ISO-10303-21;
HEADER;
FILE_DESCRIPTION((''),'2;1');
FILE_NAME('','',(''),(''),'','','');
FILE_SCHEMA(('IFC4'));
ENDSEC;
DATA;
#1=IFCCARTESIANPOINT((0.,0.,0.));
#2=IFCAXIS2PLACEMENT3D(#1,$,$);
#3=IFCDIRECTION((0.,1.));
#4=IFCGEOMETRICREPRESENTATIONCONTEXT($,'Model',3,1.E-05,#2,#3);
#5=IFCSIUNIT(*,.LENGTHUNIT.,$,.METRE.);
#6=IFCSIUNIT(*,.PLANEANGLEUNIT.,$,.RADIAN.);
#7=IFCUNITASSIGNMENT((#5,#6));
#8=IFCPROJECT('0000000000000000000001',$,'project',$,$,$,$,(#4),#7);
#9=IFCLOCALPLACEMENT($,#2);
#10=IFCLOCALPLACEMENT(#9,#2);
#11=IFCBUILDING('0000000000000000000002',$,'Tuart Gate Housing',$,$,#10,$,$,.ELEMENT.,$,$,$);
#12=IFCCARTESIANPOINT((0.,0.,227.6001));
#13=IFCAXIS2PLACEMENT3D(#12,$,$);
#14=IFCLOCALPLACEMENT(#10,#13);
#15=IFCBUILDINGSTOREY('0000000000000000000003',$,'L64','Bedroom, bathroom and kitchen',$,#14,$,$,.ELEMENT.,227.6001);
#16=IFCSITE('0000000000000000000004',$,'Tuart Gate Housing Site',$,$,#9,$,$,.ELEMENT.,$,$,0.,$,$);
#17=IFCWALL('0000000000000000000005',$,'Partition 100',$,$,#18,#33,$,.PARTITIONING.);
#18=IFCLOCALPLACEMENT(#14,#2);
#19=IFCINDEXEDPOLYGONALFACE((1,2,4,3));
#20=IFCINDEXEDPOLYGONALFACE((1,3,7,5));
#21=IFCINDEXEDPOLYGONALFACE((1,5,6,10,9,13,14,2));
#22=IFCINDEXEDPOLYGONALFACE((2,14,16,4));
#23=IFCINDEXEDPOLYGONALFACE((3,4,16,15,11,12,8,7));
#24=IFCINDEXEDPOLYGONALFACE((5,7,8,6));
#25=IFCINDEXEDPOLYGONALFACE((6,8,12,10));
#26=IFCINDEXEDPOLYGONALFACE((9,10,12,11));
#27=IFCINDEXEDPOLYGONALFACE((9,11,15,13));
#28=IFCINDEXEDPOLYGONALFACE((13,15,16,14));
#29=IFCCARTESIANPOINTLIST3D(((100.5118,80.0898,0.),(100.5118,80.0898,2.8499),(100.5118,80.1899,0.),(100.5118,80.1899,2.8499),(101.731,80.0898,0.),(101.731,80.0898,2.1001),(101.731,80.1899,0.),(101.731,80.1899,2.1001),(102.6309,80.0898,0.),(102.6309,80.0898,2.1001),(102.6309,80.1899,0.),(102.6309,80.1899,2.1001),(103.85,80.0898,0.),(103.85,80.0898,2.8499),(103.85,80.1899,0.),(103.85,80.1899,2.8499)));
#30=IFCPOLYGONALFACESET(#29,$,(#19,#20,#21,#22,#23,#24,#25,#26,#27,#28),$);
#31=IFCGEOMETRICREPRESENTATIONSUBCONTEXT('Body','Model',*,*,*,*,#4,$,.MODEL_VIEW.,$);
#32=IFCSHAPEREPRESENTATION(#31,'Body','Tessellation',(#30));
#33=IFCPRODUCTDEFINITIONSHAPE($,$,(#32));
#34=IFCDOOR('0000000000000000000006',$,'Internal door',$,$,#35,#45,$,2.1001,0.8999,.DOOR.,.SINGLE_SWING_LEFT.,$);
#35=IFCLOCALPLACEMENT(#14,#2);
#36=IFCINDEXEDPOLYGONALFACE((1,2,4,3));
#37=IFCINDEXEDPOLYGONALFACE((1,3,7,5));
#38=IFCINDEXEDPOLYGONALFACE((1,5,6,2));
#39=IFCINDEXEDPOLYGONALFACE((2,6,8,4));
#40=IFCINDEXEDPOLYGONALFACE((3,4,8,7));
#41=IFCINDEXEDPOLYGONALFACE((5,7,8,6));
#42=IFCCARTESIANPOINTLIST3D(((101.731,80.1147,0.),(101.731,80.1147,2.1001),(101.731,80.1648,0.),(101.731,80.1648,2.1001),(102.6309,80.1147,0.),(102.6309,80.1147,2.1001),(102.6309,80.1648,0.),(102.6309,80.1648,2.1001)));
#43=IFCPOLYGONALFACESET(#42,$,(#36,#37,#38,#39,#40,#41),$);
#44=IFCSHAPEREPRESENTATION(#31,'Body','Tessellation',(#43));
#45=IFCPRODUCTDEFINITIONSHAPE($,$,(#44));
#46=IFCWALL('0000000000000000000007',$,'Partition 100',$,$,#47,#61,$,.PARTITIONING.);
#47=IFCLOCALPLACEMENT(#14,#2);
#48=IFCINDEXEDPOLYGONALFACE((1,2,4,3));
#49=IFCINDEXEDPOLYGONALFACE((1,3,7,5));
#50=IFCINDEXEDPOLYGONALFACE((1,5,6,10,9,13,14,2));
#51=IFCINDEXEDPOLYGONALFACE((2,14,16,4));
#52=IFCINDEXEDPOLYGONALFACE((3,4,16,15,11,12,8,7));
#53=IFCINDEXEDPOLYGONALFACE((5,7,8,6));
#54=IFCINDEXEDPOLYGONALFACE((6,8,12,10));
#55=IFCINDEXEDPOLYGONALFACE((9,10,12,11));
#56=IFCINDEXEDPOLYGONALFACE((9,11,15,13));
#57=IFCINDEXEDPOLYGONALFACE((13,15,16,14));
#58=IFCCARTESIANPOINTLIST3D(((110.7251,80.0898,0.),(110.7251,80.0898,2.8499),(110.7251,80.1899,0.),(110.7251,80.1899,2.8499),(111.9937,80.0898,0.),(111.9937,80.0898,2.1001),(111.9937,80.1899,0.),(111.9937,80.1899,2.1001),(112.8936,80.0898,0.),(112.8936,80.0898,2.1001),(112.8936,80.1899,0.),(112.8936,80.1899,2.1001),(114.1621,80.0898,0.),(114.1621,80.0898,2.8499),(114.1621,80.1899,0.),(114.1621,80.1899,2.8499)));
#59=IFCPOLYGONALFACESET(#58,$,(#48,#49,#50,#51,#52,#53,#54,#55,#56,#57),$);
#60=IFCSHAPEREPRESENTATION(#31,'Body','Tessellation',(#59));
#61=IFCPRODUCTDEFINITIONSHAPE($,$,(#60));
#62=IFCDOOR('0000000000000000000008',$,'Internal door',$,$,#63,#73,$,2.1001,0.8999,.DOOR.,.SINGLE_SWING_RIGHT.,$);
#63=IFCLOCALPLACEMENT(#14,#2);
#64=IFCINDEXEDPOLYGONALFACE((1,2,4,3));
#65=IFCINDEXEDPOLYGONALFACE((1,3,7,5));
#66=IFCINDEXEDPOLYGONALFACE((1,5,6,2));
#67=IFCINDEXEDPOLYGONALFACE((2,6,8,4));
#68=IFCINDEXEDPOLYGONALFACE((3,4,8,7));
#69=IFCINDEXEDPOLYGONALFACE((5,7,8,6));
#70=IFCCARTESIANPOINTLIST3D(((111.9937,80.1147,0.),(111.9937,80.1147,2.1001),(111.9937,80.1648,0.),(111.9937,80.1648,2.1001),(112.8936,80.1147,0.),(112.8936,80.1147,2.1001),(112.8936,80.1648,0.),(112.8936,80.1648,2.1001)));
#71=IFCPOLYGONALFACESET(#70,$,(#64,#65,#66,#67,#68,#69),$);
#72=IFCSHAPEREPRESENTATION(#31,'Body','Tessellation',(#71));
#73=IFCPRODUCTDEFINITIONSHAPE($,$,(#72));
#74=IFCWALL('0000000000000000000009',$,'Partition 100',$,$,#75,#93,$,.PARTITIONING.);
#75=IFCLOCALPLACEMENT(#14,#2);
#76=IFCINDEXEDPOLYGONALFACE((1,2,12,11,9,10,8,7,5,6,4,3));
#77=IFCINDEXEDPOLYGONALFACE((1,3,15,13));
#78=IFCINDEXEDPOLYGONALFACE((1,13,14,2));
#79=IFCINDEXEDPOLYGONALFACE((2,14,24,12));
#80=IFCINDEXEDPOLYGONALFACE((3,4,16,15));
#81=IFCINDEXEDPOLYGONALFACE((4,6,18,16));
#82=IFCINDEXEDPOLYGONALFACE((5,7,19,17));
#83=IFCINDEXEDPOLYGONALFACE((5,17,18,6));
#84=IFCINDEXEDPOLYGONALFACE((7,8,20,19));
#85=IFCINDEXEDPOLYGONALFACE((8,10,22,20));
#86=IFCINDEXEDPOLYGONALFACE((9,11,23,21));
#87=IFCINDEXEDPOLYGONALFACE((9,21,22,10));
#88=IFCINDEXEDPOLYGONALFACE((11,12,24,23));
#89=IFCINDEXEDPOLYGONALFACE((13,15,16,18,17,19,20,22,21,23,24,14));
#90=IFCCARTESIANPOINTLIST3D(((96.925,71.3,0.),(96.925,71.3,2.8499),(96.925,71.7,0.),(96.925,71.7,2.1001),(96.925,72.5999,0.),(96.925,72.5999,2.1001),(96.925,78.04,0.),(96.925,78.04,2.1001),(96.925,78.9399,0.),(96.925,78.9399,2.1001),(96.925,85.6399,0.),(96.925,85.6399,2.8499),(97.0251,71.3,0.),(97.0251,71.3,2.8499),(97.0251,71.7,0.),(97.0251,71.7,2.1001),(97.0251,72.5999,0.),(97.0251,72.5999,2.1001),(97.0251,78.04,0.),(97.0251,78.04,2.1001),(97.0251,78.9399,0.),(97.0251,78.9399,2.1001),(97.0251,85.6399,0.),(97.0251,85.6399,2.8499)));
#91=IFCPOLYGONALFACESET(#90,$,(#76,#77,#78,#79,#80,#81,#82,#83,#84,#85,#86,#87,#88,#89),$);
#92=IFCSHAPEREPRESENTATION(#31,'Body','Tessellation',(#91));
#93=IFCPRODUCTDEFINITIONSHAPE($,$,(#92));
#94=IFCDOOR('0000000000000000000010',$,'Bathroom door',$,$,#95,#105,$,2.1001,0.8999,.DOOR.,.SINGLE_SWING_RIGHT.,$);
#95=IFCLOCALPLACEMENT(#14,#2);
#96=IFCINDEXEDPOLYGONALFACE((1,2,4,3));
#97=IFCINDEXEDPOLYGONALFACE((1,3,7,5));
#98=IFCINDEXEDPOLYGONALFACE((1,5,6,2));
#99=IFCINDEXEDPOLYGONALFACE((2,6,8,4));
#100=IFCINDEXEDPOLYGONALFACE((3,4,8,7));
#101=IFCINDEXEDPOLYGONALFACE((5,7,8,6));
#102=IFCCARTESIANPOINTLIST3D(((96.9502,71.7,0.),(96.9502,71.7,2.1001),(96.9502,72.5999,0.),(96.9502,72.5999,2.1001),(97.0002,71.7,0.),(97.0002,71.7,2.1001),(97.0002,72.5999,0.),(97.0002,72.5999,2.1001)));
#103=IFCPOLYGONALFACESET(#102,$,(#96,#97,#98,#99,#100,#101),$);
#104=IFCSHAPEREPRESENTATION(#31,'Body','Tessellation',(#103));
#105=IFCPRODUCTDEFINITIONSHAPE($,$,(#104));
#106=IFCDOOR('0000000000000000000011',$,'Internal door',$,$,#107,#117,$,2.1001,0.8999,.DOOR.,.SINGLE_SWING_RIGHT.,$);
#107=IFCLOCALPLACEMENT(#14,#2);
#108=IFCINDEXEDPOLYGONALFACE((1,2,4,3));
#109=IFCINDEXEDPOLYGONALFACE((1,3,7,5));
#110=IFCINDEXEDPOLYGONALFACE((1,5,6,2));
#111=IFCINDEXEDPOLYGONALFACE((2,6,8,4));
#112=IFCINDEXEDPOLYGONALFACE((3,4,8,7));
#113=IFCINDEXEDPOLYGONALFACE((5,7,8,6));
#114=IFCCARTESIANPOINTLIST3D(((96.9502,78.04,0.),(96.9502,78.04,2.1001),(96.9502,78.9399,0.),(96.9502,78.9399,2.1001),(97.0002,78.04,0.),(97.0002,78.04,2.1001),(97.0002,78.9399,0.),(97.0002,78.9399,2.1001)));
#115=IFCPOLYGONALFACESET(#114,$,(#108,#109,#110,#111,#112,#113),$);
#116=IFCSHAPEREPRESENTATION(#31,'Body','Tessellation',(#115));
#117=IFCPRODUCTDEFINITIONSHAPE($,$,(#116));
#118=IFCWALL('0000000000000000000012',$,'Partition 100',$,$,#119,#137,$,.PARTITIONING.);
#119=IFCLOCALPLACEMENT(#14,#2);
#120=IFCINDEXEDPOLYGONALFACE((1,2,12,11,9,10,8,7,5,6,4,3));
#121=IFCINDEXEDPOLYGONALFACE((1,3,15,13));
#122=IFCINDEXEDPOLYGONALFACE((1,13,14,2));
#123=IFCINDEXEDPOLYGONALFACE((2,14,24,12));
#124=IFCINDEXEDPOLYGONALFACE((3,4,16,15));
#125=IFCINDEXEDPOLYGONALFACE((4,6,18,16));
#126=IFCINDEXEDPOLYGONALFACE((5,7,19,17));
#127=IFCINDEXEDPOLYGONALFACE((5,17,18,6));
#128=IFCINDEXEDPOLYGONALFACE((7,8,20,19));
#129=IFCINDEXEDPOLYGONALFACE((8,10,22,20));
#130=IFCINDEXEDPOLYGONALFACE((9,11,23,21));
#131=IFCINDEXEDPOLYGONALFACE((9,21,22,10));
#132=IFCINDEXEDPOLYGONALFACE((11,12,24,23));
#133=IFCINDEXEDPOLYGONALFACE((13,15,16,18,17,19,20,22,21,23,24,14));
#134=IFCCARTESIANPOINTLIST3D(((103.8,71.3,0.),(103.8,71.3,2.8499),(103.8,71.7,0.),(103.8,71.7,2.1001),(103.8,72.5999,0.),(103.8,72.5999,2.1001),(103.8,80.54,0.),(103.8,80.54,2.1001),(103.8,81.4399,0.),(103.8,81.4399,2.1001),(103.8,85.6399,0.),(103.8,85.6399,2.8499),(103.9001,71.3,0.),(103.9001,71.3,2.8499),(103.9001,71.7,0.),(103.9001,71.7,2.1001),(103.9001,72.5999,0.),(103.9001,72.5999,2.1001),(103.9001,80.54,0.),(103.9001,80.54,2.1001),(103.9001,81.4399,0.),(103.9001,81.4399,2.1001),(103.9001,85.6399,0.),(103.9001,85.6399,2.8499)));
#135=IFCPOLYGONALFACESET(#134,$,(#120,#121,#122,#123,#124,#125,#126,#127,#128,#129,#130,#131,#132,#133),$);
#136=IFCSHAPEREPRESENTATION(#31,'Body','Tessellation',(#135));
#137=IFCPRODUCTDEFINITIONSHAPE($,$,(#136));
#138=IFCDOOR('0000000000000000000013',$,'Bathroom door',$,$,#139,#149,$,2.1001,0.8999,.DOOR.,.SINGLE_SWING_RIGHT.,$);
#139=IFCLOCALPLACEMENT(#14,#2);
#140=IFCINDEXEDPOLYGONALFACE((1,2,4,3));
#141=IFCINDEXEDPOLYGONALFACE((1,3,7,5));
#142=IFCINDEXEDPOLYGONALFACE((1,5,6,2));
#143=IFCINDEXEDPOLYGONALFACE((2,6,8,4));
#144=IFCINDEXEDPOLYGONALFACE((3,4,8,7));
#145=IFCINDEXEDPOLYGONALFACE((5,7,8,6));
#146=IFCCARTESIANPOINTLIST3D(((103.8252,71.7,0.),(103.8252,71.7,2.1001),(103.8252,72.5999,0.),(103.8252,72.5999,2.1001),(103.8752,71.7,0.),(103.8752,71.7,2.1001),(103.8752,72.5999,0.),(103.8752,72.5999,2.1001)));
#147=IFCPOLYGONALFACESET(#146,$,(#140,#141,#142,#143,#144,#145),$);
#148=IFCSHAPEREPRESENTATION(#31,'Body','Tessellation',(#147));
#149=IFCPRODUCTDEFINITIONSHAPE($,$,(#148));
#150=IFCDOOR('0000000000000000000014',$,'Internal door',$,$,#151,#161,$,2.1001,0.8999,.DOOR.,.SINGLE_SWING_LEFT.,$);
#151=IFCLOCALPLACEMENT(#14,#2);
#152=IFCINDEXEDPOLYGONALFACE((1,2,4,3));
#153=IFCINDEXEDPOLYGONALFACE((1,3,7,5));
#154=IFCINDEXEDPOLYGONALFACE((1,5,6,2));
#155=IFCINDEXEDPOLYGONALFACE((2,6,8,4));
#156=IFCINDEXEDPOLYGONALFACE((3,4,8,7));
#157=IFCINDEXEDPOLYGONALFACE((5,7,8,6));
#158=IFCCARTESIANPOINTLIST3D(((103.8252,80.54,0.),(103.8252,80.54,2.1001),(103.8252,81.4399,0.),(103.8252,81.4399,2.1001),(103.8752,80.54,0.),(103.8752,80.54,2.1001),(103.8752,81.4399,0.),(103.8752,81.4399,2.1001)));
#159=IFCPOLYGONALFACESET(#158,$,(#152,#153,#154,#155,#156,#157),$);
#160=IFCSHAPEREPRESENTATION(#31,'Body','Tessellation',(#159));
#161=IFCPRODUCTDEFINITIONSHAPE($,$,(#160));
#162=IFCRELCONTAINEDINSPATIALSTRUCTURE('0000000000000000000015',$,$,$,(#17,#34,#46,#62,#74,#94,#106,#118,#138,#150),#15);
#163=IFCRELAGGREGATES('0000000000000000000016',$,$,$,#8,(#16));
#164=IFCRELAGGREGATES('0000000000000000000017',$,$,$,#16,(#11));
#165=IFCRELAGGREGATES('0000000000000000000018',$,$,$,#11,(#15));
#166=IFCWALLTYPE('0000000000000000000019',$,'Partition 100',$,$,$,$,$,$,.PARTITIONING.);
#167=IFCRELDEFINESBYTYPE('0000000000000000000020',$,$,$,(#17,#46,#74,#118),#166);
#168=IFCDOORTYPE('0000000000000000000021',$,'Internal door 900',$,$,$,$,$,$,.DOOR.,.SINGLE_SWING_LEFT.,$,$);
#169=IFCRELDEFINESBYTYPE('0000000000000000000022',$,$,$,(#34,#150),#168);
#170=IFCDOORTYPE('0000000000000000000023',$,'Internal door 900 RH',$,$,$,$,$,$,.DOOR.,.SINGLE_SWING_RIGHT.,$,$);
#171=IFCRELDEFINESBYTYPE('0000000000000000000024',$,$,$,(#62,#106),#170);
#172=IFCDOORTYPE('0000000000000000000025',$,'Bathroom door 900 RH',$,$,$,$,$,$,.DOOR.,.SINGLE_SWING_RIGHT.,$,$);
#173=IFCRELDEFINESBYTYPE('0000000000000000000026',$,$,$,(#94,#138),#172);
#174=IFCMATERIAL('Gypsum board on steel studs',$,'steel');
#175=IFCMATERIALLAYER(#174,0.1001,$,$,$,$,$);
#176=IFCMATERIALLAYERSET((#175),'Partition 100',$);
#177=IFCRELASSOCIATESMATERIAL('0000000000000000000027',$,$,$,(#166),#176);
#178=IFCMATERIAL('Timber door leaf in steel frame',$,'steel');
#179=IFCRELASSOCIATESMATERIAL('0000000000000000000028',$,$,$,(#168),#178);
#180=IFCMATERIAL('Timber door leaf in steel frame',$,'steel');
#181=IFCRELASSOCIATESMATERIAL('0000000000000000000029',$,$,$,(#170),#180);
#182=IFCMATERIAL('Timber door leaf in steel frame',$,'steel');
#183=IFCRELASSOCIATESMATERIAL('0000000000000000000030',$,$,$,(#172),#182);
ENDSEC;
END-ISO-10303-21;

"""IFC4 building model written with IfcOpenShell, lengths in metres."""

from ifc_helpers import new_model, si_unit, direction, frame, frame_2d, origin, place, context, subcontext, project, spatial, rectangle, extrude, material, layer, layer_set, type_object, element, fill, save


model = new_model("IFC4")

# Units and contexts
model_context = context("Model", 3, precision=1e-05, world=origin(), true_north=direction((0.0, 1.0)))
body_context = subcontext(model_context, "Body", "Model", "MODEL_VIEW")
ifc_project = project(units=[si_unit("LENGTHUNIT", "METRE"), si_unit("PLANEANGLEUNIT", "RADIAN")], contexts=[model_context])

# Site, building, storey
site_placement = place(None, origin())
site = spatial("IfcSite", under=ifc_project, at=site_placement, Name="Tuart Gate Housing Site", CompositionType="ELEMENT", RefElevation=0.0)
building_placement = place(site_placement, origin())
building = spatial("IfcBuilding", under=site, at=building_placement, Name="Tuart Gate Housing", CompositionType="ELEMENT")
storey_placement = place(building_placement, frame((0.0, 0.0, 227.6001)))
storey = spatial("IfcBuildingStorey", under=building, at=storey_placement, Name="L64", Description="Bedroom, bathroom and kitchen", CompositionType="ELEMENT", Elevation=227.6001)

# Shared definitions
ifc_material_1 = material(Name="Gypsum board on steel studs", Category="steel")
ifc_layer_1 = layer(ifc_material_1, 0.1001)
ifc_layer_set_1 = layer_set([ifc_layer_1], Name="Partition 100")
wall_type_1 = type_object("IfcWallType", Name="Partition 100", PredefinedType="PARTITIONING", material=ifc_layer_set_1)

# Walls, openings, doors
wall_1_placement = place(storey_placement, frame((100.512, 80.1399, 0.0), z_axis=(0.0, 0.0, 1.0), x_axis=(1.0, 0.0, 0.0)))
wall_1 = element("IfcWall", 1, at=wall_1_placement, inside=storey, type_object=wall_type_1, Name="Partition 100", PredefinedType="PARTITIONING", context=body_context, shape_type="SweptSolid", body=[
    extrude(rectangle(XDim=3.3381, YDim=0.1001, at=frame_2d((1.6689, 0.0))), origin(), (0.0, 0.0, 1.0), 2.8499),
])
opening_1_placement = place(wall_1_placement, frame((1.219, 0.0, 0.0)))
opening_1 = element("IfcOpeningElement", 2, at=opening_1_placement, cuts=wall_1, PredefinedType="OPENING", context=body_context, shape_type="SweptSolid", body=[
    extrude(rectangle(XDim=0.8999, YDim=2.1001, at=frame_2d((0.45, 1.05))), frame((0.0, 0.0601, 0.0), z_axis=(0.0, -1.0, 0.0), x_axis=(1.0, 0.0, 0.0)), (0.0, 0.0, 1.0), 0.1201),
])
ifc_material_2 = material(Name="Timber door leaf in steel frame", Category="steel")
door_type_1 = type_object("IfcDoorType", Name="Internal door 900", OperationType="SINGLE_SWING_LEFT", PredefinedType="DOOR", material=ifc_material_2)
door_1_placement = place(opening_1_placement, frame((0.8999, 0.0, 0.0), z_axis=(0.0, 0.0, 1.0), x_axis=(-1.0, 0.0, 0.0)))
door_1 = element("IfcDoor", 3, at=door_1_placement, inside=storey, type_object=door_type_1, Name="Internal door", OperationType="SINGLE_SWING_LEFT", OverallHeight=2.1001, OverallWidth=0.8999, PredefinedType="DOOR", context=body_context, shape_type="SweptSolid", body=[
    extrude(rectangle(XDim=0.8999, YDim=2.1001, at=frame_2d((0.45, 1.05))), frame((0.0, 0.0251, 0.0), z_axis=(0.0, -1.0, 0.0), x_axis=(1.0, 0.0, 0.0)), (0.0, 0.0, 1.0), 0.05),
])
fill(opening_1, door_1)
wall_2_placement = place(storey_placement, frame((110.7251, 80.1399, 0.0), z_axis=(0.0, 0.0, 1.0), x_axis=(1.0, 0.0, 0.0)))
wall_2 = element("IfcWall", 4, at=wall_2_placement, inside=storey, type_object=wall_type_1, Name="Partition 100", PredefinedType="PARTITIONING", context=body_context, shape_type="SweptSolid", body=[
    extrude(rectangle(XDim=3.437, YDim=0.1001, at=frame_2d((1.7185, 0.0))), origin(), (0.0, 0.0, 1.0), 2.8499),
])
opening_2_placement = place(wall_2_placement, frame((1.2686, 0.0, 0.0)))
opening_2 = element("IfcOpeningElement", 5, at=opening_2_placement, cuts=wall_2, PredefinedType="OPENING", context=body_context, shape_type="SweptSolid", body=[
    extrude(rectangle(XDim=0.8999, YDim=2.1001, at=frame_2d((0.45, 1.05))), frame((0.0, 0.0601, 0.0), z_axis=(0.0, -1.0, 0.0), x_axis=(1.0, 0.0, 0.0)), (0.0, 0.0, 1.0), 0.1201),
])
ifc_material_3 = material(Name="Timber door leaf in steel frame", Category="steel")
door_type_2 = type_object("IfcDoorType", Name="Internal door 900 RH", OperationType="SINGLE_SWING_RIGHT", PredefinedType="DOOR", material=ifc_material_3)
door_2_placement = place(opening_2_placement, frame((0.8999, 0.0, 0.0), z_axis=(0.0, 0.0, 1.0), x_axis=(-1.0, 0.0, 0.0)))
door_2 = element("IfcDoor", 6, at=door_2_placement, inside=storey, type_object=door_type_2, Name="Internal door", OperationType="SINGLE_SWING_RIGHT", OverallHeight=2.1001, OverallWidth=0.8999, PredefinedType="DOOR", context=body_context, shape_type="SweptSolid", body=[
    extrude(rectangle(XDim=0.8999, YDim=2.1001, at=frame_2d((0.45, 1.05))), frame((0.0, 0.0251, 0.0), z_axis=(0.0, -1.0, 0.0), x_axis=(1.0, 0.0, 0.0)), (0.0, 0.0, 1.0), 0.05),
])
fill(opening_2, door_2)

# Walls, openings, doors
wall_3_placement = place(storey_placement, frame((96.9751, 71.3, 0.0), z_axis=(0.0, 0.0, 1.0), x_axis=(0.0, 1.0, 0.0)))
wall_3 = element("IfcWall", 7, at=wall_3_placement, inside=storey, type_object=wall_type_1, Name="Partition 100", PredefinedType="PARTITIONING", context=body_context, shape_type="SweptSolid", body=[
    extrude(rectangle(XDim=14.3398, YDim=0.1001, at=frame_2d((7.1699, 0.0))), origin(), (0.0, 0.0, 1.0), 2.8499),
])
opening_3_placement = place(wall_3_placement, frame((6.74, 0.0, 0.0)))
opening_3 = element("IfcOpeningElement", 8, at=opening_3_placement, cuts=wall_3, PredefinedType="OPENING", context=body_context, shape_type="SweptSolid", body=[
    extrude(rectangle(XDim=0.8999, YDim=2.1001, at=frame_2d((0.45, 1.05))), frame((0.0, 0.0601, 0.0), z_axis=(0.0, -1.0, 0.0), x_axis=(1.0, 0.0, 0.0)), (0.0, 0.0, 1.0), 0.1201),
])
opening_4_placement = place(wall_3_placement, frame((0.3999, 0.0, 0.0)))
opening_4 = element("IfcOpeningElement", 9, at=opening_4_placement, cuts=wall_3, PredefinedType="OPENING", context=body_context, shape_type="SweptSolid", body=[
    extrude(rectangle(XDim=0.8999, YDim=2.1001, at=frame_2d((0.45, 1.05))), frame((0.0, 0.0601, 0.0), z_axis=(0.0, -1.0, 0.0), x_axis=(1.0, 0.0, 0.0)), (0.0, 0.0, 1.0), 0.1201),
])
ifc_material_4 = material(Name="Timber door leaf in steel frame", Category="steel")
door_type_3 = type_object("IfcDoorType", Name="Bathroom door 900 RH", OperationType="SINGLE_SWING_RIGHT", PredefinedType="DOOR", material=ifc_material_4)
door_3_placement = place(opening_4_placement, frame((0.8999, 0.0, 0.0), z_axis=(0.0, 0.0, 1.0), x_axis=(-1.0, 0.0, 0.0)))
door_3 = element("IfcDoor", 10, at=door_3_placement, inside=storey, type_object=door_type_3, Name="Bathroom door", OperationType="SINGLE_SWING_RIGHT", OverallHeight=2.1001, OverallWidth=0.8999, PredefinedType="DOOR", context=body_context, shape_type="SweptSolid", body=[
    extrude(rectangle(XDim=0.8999, YDim=2.1001, at=frame_2d((0.45, 1.05))), frame((0.0, 0.0251, 0.0), z_axis=(0.0, -1.0, 0.0), x_axis=(1.0, 0.0, 0.0)), (0.0, 0.0, 1.0), 0.05),
])
fill(opening_4, door_3)
door_4_placement = place(opening_3_placement, frame((0.8999, 0.0, 0.0), z_axis=(0.0, 0.0, 1.0), x_axis=(-1.0, 0.0, 0.0)))
door_4 = element("IfcDoor", 11, at=door_4_placement, inside=storey, type_object=door_type_2, Name="Internal door", OperationType="SINGLE_SWING_RIGHT", OverallHeight=2.1001, OverallWidth=0.8999, PredefinedType="DOOR", context=body_context, shape_type="SweptSolid", body=[
    extrude(rectangle(XDim=0.8999, YDim=2.1001, at=frame_2d((0.45, 1.05))), frame((0.0, 0.0251, 0.0), z_axis=(0.0, -1.0, 0.0), x_axis=(1.0, 0.0, 0.0)), (0.0, 0.0, 1.0), 0.05),
])
fill(opening_3, door_4)
wall_4_placement = place(storey_placement, frame((103.8501, 71.3, 0.0), z_axis=(0.0, 0.0, 1.0), x_axis=(0.0, 1.0, 0.0)))
wall_4 = element("IfcWall", 12, at=wall_4_placement, inside=storey, type_object=wall_type_1, Name="Partition 100", PredefinedType="PARTITIONING", context=body_context, shape_type="SweptSolid", body=[
    extrude(rectangle(XDim=14.3398, YDim=0.1001, at=frame_2d((7.1699, 0.0))), origin(), (0.0, 0.0, 1.0), 2.8499),
])
opening_5_placement = place(wall_4_placement, frame((9.24, 0.0, 0.0)))
opening_5 = element("IfcOpeningElement", 13, at=opening_5_placement, cuts=wall_4, PredefinedType="OPENING", context=body_context, shape_type="SweptSolid", body=[
    extrude(rectangle(XDim=0.8999, YDim=2.1001, at=frame_2d((0.45, 1.05))), frame((0.0, 0.0601, 0.0), z_axis=(0.0, -1.0, 0.0), x_axis=(1.0, 0.0, 0.0)), (0.0, 0.0, 1.0), 0.1201),
])
opening_6_placement = place(wall_4_placement, frame((0.3999, 0.0, 0.0)))
opening_6 = element("IfcOpeningElement", 14, at=opening_6_placement, cuts=wall_4, PredefinedType="OPENING", context=body_context, shape_type="SweptSolid", body=[
    extrude(rectangle(XDim=0.8999, YDim=2.1001, at=frame_2d((0.45, 1.05))), frame((0.0, 0.0601, 0.0), z_axis=(0.0, -1.0, 0.0), x_axis=(1.0, 0.0, 0.0)), (0.0, 0.0, 1.0), 0.1201),
])
door_5_placement = place(opening_6_placement, frame((0.8999, 0.0, 0.0), z_axis=(0.0, 0.0, 1.0), x_axis=(-1.0, 0.0, 0.0)))
door_5 = element("IfcDoor", 15, at=door_5_placement, inside=storey, type_object=door_type_3, Name="Bathroom door", OperationType="SINGLE_SWING_RIGHT", OverallHeight=2.1001, OverallWidth=0.8999, PredefinedType="DOOR", context=body_context, shape_type="SweptSolid", body=[
    extrude(rectangle(XDim=0.8999, YDim=2.1001, at=frame_2d((0.45, 1.05))), frame((0.0, 0.0251, 0.0), z_axis=(0.0, -1.0, 0.0), x_axis=(1.0, 0.0, 0.0)), (0.0, 0.0, 1.0), 0.05),
])
fill(opening_6, door_5)
door_6_placement = place(opening_5_placement, frame((0.8999, 0.0, 0.0), z_axis=(0.0, 0.0, 1.0), x_axis=(-1.0, 0.0, 0.0)))
door_6 = element("IfcDoor", 16, at=door_6_placement, inside=storey, type_object=door_type_1, Name="Internal door", OperationType="SINGLE_SWING_LEFT", OverallHeight=2.1001, OverallWidth=0.8999, PredefinedType="DOOR", context=body_context, shape_type="SweptSolid", body=[
    extrude(rectangle(XDim=0.8999, YDim=2.1001, at=frame_2d((0.45, 1.05))), frame((0.0, 0.0251, 0.0), z_axis=(0.0, -1.0, 0.0), x_axis=(1.0, 0.0, 0.0)), (0.0, 0.0, 1.0), 0.05),
])
fill(opening_5, door_6)

save(model, "model.ifc")
